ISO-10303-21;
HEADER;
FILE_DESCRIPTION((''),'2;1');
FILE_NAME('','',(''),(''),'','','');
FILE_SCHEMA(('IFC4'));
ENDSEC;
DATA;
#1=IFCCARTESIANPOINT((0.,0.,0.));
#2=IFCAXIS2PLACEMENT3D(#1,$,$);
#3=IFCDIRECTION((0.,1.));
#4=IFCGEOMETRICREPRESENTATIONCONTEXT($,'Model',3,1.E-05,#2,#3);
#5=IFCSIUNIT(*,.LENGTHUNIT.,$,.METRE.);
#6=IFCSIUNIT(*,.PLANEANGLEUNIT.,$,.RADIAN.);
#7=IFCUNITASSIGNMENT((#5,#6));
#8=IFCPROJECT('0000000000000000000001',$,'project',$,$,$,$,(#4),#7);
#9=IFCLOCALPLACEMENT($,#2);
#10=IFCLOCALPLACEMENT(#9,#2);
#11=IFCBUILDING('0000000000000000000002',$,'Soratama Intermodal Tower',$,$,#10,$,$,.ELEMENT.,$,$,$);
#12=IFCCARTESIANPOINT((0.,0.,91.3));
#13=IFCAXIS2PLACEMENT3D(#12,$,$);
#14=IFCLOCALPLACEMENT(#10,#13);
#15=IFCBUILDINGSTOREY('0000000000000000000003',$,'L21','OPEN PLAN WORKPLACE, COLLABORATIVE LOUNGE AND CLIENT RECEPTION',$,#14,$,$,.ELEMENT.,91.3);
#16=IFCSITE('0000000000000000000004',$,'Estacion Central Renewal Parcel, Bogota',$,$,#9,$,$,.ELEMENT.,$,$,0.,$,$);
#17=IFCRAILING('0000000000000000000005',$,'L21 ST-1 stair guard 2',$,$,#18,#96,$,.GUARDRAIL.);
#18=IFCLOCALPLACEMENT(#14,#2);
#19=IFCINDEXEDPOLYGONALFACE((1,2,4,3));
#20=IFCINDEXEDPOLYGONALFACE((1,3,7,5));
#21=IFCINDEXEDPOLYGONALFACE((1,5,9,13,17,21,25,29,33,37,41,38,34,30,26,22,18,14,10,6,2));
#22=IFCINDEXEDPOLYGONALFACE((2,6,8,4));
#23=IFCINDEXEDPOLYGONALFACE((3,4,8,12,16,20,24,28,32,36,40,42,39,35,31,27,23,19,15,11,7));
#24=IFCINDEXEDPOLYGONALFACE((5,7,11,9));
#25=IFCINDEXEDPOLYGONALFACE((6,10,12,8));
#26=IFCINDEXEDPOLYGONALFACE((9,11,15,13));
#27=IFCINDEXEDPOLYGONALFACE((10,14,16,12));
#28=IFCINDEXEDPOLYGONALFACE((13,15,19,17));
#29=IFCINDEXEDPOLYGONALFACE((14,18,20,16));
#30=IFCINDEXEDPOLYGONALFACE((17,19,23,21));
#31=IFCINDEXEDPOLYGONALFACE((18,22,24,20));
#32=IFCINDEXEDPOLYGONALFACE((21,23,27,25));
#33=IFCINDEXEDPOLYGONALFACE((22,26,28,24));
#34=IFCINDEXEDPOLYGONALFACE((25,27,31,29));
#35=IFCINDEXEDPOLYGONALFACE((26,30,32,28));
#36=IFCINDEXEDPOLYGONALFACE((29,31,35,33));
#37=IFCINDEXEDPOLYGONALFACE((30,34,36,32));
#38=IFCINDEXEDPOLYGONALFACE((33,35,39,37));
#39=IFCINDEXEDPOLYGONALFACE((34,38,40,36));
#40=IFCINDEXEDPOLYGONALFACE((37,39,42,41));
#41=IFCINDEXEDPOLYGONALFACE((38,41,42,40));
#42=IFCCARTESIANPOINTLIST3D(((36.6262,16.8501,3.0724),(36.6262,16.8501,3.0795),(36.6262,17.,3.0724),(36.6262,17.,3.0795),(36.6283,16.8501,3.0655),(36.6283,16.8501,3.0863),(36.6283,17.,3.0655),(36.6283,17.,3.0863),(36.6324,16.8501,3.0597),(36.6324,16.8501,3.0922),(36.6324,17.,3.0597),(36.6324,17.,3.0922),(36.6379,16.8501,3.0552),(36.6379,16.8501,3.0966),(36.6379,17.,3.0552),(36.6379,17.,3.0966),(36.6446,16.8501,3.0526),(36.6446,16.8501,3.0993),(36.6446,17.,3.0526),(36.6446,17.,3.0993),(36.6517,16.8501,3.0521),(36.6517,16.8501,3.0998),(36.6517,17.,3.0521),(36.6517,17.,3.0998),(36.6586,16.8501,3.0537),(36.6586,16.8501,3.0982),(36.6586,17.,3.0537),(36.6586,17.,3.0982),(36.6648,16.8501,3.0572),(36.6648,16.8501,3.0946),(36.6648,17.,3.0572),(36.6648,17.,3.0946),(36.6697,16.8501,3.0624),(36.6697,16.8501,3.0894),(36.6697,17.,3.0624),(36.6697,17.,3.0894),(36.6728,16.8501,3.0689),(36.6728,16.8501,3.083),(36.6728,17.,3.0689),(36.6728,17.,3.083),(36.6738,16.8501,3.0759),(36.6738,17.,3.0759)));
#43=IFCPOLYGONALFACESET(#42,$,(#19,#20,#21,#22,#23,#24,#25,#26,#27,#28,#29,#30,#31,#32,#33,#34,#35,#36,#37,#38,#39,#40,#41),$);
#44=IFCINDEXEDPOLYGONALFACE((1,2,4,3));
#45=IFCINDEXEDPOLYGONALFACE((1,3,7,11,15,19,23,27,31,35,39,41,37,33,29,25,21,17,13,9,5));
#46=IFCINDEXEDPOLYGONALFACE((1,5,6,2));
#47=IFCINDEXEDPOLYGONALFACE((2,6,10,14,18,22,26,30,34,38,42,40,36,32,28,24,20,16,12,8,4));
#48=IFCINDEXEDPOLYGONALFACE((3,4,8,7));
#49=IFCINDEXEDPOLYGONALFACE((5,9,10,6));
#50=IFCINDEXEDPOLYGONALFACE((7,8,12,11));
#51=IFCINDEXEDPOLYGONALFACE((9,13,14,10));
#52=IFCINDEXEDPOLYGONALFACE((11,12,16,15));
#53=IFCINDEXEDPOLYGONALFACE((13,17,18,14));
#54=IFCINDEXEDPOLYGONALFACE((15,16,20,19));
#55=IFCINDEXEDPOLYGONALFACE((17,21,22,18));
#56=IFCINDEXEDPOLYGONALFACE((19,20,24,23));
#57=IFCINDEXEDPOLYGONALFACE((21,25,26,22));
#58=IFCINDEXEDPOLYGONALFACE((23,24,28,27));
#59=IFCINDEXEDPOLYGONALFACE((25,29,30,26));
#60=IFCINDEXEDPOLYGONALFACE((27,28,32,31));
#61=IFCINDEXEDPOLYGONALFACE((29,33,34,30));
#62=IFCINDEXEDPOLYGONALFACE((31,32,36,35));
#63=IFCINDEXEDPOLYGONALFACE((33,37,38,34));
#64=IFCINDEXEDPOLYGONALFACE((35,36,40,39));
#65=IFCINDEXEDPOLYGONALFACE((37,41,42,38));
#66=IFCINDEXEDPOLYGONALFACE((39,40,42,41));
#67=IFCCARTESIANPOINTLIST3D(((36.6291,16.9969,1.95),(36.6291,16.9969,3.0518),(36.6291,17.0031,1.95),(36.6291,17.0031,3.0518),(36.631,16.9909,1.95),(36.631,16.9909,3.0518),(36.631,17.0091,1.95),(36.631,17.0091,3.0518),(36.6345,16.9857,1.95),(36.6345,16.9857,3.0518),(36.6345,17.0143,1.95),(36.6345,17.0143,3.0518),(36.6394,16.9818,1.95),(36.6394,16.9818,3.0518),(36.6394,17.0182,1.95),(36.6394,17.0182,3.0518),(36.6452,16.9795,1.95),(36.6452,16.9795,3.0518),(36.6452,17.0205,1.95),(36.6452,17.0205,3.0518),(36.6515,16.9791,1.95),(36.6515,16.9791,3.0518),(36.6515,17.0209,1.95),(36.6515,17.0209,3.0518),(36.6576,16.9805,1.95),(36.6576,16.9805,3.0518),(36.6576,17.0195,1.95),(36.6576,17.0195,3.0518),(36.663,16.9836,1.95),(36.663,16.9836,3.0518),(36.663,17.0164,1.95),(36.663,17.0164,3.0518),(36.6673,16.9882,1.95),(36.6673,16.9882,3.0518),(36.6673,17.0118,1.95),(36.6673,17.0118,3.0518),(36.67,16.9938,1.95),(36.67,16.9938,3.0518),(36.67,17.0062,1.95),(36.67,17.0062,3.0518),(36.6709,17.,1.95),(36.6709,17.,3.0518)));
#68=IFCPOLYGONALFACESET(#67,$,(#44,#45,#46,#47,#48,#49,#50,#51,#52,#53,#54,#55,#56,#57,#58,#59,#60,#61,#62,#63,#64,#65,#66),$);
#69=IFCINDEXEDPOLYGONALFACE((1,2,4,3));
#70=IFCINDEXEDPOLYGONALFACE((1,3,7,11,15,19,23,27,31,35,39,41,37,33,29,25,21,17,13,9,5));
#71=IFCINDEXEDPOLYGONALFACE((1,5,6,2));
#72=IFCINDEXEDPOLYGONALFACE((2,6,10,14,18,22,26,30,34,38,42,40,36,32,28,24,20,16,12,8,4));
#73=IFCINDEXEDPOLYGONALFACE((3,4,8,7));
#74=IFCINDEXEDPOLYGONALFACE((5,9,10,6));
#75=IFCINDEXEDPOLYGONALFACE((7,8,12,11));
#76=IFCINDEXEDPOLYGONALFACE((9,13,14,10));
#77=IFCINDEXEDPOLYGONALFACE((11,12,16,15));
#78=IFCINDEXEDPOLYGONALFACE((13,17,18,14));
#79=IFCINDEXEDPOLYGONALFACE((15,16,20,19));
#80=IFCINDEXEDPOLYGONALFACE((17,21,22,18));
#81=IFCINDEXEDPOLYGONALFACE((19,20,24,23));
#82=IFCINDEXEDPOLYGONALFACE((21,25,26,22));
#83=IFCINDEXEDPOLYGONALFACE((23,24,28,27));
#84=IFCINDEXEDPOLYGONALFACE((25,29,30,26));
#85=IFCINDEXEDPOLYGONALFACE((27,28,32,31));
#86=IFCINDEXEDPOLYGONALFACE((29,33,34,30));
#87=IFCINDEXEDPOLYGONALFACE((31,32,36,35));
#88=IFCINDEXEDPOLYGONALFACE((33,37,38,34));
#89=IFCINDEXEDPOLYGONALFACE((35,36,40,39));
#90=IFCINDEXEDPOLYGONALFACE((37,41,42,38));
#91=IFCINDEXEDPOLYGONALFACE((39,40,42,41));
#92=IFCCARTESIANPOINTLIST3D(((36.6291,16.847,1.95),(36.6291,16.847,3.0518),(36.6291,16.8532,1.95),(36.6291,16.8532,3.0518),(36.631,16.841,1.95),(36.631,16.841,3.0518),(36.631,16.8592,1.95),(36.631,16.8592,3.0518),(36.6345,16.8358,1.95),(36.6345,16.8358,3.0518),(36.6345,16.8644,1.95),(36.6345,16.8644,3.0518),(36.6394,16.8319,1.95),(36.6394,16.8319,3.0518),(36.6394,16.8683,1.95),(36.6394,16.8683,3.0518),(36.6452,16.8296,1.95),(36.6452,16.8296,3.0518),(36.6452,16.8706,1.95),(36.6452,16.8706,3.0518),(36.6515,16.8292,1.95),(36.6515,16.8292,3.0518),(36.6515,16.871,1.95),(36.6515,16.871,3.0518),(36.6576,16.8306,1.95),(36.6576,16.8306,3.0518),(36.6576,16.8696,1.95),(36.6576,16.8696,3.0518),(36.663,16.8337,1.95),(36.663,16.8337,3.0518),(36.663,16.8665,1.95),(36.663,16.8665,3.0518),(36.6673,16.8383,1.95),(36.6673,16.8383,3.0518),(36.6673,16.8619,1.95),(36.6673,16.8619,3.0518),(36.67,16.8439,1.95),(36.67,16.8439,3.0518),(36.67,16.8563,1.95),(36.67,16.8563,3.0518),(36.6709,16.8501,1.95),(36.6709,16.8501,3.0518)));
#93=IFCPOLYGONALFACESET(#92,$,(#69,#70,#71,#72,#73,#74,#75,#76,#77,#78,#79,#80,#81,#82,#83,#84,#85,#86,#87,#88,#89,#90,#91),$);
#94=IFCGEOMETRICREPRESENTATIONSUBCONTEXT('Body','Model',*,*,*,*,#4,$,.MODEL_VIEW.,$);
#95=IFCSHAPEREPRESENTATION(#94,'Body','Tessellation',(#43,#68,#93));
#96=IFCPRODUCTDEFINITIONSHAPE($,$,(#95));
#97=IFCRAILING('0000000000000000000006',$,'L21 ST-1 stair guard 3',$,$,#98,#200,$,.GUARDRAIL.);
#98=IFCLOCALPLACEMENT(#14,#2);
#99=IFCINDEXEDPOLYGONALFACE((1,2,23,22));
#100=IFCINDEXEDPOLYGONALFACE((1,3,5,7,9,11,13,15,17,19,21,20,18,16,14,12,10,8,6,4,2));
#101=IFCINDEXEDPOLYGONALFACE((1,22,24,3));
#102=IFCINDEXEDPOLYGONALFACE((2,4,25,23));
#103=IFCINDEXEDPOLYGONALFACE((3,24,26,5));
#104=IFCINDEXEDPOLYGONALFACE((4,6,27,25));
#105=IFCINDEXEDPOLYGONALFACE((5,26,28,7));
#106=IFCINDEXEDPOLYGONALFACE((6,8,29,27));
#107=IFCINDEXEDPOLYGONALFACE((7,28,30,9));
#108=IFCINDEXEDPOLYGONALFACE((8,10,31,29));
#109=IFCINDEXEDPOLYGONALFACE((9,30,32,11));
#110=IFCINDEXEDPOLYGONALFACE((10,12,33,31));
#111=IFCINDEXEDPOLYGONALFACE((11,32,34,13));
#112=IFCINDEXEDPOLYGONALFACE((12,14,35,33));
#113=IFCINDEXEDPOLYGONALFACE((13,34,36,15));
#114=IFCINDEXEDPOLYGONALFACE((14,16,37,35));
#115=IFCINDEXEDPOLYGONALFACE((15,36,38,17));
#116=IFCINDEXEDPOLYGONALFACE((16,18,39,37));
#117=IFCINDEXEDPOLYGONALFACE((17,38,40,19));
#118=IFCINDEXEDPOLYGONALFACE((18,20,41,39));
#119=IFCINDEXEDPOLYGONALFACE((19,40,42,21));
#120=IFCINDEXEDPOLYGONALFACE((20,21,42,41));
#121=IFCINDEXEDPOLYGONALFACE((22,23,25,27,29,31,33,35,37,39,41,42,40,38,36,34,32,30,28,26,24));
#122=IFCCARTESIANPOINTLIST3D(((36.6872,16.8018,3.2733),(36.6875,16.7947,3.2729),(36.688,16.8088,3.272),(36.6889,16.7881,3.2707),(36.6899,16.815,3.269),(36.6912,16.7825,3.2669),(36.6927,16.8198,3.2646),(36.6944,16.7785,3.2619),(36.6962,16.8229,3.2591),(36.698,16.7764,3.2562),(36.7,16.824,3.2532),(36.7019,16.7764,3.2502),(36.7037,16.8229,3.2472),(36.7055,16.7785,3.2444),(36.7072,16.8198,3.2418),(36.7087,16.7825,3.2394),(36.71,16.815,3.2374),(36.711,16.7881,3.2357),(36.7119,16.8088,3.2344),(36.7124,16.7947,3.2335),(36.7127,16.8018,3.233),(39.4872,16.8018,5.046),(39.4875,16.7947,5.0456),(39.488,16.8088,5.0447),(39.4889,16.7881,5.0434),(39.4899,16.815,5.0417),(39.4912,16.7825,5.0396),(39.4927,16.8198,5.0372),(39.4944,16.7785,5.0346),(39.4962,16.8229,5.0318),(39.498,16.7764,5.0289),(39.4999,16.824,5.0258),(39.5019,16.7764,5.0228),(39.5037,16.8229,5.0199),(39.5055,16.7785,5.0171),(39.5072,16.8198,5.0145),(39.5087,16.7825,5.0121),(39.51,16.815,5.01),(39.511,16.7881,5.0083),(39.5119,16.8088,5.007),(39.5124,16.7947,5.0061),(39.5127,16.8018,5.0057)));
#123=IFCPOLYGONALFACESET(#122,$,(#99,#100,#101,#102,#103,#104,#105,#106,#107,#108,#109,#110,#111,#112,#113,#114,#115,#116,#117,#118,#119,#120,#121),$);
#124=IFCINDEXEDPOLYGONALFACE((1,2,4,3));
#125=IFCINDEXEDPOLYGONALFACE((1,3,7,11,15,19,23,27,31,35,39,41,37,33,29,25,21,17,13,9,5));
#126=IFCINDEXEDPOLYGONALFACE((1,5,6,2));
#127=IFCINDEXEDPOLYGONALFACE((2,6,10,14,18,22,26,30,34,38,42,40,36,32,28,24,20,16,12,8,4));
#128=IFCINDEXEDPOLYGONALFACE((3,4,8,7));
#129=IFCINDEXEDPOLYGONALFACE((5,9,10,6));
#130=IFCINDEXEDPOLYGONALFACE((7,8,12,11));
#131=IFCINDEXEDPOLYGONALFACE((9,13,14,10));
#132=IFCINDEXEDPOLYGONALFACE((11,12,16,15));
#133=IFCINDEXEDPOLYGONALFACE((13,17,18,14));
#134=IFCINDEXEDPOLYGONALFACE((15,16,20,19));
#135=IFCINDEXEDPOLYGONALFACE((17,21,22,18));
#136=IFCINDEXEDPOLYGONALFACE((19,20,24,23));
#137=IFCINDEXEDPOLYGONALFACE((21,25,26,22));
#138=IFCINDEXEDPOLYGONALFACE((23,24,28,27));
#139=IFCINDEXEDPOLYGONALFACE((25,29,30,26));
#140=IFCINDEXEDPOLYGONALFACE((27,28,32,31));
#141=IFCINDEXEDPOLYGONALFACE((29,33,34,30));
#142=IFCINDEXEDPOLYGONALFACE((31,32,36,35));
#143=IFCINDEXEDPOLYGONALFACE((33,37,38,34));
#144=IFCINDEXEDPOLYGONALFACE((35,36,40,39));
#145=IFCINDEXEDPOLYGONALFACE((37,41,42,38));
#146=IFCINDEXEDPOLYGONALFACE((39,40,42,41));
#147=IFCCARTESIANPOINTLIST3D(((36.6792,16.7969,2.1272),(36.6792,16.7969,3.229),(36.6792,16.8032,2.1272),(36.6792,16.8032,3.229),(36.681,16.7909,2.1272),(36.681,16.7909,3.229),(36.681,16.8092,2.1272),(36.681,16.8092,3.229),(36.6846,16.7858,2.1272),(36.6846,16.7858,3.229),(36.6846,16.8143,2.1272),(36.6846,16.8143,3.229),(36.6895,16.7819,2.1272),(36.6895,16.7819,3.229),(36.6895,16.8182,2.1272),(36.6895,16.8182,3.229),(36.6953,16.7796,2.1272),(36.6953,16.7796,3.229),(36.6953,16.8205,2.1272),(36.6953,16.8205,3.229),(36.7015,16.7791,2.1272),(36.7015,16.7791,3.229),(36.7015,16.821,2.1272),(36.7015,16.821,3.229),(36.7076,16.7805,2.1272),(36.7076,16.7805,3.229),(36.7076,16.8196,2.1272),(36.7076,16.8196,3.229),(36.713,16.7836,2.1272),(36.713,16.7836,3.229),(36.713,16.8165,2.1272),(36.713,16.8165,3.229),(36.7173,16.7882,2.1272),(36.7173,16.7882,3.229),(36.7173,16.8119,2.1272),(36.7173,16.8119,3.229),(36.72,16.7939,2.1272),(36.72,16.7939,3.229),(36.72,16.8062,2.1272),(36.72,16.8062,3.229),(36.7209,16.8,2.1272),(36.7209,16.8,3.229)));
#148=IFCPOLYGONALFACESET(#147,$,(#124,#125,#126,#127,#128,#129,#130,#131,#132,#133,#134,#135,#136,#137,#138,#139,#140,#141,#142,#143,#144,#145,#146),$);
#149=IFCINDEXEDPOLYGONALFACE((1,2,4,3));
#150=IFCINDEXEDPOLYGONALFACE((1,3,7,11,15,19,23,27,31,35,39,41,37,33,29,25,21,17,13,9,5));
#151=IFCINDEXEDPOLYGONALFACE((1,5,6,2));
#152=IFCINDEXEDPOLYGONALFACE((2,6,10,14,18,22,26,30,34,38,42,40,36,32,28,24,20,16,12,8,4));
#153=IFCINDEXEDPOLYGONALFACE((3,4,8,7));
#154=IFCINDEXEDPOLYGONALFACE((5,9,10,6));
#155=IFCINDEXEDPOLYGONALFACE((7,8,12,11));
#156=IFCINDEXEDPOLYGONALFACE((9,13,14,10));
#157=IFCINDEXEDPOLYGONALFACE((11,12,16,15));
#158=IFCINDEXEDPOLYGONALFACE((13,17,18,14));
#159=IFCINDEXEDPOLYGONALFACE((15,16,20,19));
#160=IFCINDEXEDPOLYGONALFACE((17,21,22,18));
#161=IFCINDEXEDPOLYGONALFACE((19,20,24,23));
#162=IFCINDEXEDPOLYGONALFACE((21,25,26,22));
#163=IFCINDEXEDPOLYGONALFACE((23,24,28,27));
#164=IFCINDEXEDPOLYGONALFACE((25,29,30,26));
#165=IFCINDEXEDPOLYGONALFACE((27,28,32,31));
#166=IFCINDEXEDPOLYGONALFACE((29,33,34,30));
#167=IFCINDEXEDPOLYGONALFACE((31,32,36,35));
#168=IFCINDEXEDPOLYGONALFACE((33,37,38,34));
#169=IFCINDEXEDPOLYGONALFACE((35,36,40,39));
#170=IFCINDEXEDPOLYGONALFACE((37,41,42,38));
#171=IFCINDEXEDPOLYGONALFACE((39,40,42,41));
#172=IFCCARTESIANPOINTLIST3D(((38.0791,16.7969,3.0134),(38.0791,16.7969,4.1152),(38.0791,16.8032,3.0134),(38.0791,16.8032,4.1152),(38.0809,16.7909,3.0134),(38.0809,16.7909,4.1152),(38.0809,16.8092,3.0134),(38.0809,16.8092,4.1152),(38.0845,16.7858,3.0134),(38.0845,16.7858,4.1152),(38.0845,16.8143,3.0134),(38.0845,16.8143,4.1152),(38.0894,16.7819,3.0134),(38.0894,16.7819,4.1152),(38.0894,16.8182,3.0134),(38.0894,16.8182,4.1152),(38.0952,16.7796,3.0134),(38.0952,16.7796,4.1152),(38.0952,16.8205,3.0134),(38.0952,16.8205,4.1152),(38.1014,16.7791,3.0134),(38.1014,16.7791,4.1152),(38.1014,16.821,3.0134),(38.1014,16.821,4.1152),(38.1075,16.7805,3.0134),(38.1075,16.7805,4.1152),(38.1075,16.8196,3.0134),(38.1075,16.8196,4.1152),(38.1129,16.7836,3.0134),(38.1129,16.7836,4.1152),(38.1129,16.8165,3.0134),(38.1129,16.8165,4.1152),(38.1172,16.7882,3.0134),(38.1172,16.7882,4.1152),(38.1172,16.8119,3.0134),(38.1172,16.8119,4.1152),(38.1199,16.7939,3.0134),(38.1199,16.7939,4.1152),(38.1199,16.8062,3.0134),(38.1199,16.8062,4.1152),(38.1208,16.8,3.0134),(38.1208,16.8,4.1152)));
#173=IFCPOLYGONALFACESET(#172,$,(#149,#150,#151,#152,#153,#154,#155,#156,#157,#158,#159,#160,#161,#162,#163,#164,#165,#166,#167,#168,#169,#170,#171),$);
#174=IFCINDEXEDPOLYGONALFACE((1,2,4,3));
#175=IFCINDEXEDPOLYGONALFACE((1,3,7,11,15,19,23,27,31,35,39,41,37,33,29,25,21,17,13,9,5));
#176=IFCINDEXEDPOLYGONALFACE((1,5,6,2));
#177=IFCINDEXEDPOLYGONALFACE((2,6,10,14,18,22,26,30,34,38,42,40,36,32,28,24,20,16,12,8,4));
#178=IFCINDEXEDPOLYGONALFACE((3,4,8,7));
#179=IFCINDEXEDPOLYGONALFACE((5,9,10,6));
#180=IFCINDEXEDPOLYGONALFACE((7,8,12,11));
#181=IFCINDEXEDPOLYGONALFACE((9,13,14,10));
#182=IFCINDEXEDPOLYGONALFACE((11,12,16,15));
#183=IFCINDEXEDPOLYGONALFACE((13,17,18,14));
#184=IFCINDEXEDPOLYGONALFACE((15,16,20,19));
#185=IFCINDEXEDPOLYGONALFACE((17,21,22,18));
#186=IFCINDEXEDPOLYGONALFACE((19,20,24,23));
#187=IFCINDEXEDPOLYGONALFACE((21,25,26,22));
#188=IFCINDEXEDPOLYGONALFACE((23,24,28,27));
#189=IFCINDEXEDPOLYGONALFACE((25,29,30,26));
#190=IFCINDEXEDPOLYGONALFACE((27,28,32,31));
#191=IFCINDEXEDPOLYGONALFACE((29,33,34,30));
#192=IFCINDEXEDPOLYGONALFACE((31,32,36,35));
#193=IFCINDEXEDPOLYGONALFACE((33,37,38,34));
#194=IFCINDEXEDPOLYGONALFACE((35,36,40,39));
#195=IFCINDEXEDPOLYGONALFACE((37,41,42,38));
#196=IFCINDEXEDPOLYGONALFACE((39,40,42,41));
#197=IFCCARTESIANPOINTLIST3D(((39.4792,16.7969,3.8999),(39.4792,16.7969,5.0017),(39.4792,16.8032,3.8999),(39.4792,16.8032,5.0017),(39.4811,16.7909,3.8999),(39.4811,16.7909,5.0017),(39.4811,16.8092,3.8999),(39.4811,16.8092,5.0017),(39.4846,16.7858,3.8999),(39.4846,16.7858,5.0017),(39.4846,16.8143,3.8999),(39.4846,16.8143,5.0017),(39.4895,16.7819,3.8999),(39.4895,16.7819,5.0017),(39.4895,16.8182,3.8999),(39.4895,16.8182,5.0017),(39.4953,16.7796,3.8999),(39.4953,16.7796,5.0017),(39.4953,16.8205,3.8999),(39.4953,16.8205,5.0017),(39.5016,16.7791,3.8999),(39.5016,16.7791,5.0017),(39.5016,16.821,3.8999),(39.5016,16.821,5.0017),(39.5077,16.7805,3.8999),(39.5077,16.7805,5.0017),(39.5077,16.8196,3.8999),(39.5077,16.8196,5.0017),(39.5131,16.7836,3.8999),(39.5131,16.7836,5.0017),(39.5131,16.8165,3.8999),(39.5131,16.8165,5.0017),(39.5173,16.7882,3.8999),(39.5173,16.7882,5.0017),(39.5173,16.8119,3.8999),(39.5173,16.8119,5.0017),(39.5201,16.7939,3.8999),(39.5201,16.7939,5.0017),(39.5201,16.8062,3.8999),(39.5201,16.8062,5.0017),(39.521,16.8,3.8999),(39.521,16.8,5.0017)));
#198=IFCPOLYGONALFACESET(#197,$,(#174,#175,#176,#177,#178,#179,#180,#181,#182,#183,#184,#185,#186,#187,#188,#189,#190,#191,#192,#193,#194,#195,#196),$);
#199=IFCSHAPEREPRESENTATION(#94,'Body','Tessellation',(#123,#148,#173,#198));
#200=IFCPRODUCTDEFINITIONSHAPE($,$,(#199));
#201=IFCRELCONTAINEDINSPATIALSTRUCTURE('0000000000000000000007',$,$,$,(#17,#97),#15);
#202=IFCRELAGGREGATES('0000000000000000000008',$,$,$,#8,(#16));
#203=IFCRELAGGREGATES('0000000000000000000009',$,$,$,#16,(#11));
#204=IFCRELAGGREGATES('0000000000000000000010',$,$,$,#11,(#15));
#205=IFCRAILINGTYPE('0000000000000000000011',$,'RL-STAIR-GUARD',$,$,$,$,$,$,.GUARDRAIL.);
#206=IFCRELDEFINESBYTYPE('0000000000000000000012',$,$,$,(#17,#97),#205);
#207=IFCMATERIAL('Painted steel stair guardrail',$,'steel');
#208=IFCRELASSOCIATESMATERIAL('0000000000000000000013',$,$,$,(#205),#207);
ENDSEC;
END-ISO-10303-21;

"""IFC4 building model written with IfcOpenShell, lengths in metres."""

from ifc_helpers import new_model, si_unit, direction, frame, origin, origin_2d, place, context, subcontext, project, spatial, circle, extrude, material, type_object, element, save


model = new_model("IFC4")

# Units and contexts
model_context = context("Model", 3, precision=1e-05, world=origin(), true_north=direction((0.0, 1.0)))
body_context = subcontext(model_context, "Body", "Model", "MODEL_VIEW")
ifc_project = project(units=[si_unit("LENGTHUNIT", "METRE"), si_unit("PLANEANGLEUNIT", "RADIAN")], contexts=[model_context])

# Site, building, storey
site_placement = place(None, origin())
site = spatial("IfcSite", under=ifc_project, at=site_placement, Name="Estacion Central Renewal Parcel, Bogota", CompositionType="ELEMENT", RefElevation=0.0)
building_placement = place(site_placement, origin())
building = spatial("IfcBuilding", under=site, at=building_placement, Name="Soratama Intermodal Tower", CompositionType="ELEMENT")
storey_placement = place(building_placement, frame((0.0, 0.0, 91.3)))
storey = spatial("IfcBuildingStorey", under=building, at=storey_placement, Name="L21", Description="OPEN PLAN WORKPLACE, COLLABORATIVE LOUNGE AND CLIENT RECEPTION", CompositionType="ELEMENT", Elevation=91.3)

# Railings
ifc_material_1 = material(Name="Painted steel stair guardrail", Category="steel")
railing_type_1 = type_object("IfcRailingType", Name="RL-STAIR-GUARD", PredefinedType="GUARDRAIL", material=ifc_material_1)
railing_1_placement = place(storey_placement, frame((36.6499, 17.0, 1.95)))
element("IfcRailing", 1, at=railing_1_placement, inside=storey, type_object=railing_type_1, Name="L21 ST-1 stair guard 2", PredefinedType="GUARDRAIL", context=body_context, shape_type="SweptSolid", body=[
    extrude(circle(Radius=0.0239, at=origin_2d()), frame((0.0, 0.0, 1.126), z_axis=(0.0, -1.0, 0.0), x_axis=(1.0, 0.0, 0.0)), (0.0, 0.0, 1.0), 0.1499),
    extrude(circle(Radius=0.021, at=origin_2d()), origin(), (0.0, 0.0, 1.0), 1.1018),
    extrude(circle(Radius=0.021, at=origin_2d()), frame((0.0, -0.1499, 0.0)), (0.0, 0.0, 1.0), 1.1018),
])
railing_2_placement = place(storey_placement, frame((36.7, 16.8, 2.1272)))
element("IfcRailing", 2, at=railing_2_placement, inside=storey, type_object=railing_type_1, Name="L21 ST-1 stair guard 3", PredefinedType="GUARDRAIL", context=body_context, shape_type="SweptSolid", body=[
    extrude(circle(Radius=0.0239, at=origin_2d()), frame((0.0, 0.0, 1.126), z_axis=(0.844909, 0.0, 0.53491), x_axis=(0.0, 1.0, 0.0)), (0.0, 0.0, 1.0), 3.314),
    extrude(circle(Radius=0.021, at=origin_2d()), origin(), (0.0, 0.0, 1.0), 1.1018),
    extrude(circle(Radius=0.021, at=origin_2d()), frame((1.3999, 0.0, 0.8862)), (0.0, 0.0, 1.0), 1.1018),
    extrude(circle(Radius=0.021, at=origin_2d()), frame((2.8, 0.0, 1.7727)), (0.0, 0.0, 1.0), 1.1018),
])

save(model, "model.ifc")
